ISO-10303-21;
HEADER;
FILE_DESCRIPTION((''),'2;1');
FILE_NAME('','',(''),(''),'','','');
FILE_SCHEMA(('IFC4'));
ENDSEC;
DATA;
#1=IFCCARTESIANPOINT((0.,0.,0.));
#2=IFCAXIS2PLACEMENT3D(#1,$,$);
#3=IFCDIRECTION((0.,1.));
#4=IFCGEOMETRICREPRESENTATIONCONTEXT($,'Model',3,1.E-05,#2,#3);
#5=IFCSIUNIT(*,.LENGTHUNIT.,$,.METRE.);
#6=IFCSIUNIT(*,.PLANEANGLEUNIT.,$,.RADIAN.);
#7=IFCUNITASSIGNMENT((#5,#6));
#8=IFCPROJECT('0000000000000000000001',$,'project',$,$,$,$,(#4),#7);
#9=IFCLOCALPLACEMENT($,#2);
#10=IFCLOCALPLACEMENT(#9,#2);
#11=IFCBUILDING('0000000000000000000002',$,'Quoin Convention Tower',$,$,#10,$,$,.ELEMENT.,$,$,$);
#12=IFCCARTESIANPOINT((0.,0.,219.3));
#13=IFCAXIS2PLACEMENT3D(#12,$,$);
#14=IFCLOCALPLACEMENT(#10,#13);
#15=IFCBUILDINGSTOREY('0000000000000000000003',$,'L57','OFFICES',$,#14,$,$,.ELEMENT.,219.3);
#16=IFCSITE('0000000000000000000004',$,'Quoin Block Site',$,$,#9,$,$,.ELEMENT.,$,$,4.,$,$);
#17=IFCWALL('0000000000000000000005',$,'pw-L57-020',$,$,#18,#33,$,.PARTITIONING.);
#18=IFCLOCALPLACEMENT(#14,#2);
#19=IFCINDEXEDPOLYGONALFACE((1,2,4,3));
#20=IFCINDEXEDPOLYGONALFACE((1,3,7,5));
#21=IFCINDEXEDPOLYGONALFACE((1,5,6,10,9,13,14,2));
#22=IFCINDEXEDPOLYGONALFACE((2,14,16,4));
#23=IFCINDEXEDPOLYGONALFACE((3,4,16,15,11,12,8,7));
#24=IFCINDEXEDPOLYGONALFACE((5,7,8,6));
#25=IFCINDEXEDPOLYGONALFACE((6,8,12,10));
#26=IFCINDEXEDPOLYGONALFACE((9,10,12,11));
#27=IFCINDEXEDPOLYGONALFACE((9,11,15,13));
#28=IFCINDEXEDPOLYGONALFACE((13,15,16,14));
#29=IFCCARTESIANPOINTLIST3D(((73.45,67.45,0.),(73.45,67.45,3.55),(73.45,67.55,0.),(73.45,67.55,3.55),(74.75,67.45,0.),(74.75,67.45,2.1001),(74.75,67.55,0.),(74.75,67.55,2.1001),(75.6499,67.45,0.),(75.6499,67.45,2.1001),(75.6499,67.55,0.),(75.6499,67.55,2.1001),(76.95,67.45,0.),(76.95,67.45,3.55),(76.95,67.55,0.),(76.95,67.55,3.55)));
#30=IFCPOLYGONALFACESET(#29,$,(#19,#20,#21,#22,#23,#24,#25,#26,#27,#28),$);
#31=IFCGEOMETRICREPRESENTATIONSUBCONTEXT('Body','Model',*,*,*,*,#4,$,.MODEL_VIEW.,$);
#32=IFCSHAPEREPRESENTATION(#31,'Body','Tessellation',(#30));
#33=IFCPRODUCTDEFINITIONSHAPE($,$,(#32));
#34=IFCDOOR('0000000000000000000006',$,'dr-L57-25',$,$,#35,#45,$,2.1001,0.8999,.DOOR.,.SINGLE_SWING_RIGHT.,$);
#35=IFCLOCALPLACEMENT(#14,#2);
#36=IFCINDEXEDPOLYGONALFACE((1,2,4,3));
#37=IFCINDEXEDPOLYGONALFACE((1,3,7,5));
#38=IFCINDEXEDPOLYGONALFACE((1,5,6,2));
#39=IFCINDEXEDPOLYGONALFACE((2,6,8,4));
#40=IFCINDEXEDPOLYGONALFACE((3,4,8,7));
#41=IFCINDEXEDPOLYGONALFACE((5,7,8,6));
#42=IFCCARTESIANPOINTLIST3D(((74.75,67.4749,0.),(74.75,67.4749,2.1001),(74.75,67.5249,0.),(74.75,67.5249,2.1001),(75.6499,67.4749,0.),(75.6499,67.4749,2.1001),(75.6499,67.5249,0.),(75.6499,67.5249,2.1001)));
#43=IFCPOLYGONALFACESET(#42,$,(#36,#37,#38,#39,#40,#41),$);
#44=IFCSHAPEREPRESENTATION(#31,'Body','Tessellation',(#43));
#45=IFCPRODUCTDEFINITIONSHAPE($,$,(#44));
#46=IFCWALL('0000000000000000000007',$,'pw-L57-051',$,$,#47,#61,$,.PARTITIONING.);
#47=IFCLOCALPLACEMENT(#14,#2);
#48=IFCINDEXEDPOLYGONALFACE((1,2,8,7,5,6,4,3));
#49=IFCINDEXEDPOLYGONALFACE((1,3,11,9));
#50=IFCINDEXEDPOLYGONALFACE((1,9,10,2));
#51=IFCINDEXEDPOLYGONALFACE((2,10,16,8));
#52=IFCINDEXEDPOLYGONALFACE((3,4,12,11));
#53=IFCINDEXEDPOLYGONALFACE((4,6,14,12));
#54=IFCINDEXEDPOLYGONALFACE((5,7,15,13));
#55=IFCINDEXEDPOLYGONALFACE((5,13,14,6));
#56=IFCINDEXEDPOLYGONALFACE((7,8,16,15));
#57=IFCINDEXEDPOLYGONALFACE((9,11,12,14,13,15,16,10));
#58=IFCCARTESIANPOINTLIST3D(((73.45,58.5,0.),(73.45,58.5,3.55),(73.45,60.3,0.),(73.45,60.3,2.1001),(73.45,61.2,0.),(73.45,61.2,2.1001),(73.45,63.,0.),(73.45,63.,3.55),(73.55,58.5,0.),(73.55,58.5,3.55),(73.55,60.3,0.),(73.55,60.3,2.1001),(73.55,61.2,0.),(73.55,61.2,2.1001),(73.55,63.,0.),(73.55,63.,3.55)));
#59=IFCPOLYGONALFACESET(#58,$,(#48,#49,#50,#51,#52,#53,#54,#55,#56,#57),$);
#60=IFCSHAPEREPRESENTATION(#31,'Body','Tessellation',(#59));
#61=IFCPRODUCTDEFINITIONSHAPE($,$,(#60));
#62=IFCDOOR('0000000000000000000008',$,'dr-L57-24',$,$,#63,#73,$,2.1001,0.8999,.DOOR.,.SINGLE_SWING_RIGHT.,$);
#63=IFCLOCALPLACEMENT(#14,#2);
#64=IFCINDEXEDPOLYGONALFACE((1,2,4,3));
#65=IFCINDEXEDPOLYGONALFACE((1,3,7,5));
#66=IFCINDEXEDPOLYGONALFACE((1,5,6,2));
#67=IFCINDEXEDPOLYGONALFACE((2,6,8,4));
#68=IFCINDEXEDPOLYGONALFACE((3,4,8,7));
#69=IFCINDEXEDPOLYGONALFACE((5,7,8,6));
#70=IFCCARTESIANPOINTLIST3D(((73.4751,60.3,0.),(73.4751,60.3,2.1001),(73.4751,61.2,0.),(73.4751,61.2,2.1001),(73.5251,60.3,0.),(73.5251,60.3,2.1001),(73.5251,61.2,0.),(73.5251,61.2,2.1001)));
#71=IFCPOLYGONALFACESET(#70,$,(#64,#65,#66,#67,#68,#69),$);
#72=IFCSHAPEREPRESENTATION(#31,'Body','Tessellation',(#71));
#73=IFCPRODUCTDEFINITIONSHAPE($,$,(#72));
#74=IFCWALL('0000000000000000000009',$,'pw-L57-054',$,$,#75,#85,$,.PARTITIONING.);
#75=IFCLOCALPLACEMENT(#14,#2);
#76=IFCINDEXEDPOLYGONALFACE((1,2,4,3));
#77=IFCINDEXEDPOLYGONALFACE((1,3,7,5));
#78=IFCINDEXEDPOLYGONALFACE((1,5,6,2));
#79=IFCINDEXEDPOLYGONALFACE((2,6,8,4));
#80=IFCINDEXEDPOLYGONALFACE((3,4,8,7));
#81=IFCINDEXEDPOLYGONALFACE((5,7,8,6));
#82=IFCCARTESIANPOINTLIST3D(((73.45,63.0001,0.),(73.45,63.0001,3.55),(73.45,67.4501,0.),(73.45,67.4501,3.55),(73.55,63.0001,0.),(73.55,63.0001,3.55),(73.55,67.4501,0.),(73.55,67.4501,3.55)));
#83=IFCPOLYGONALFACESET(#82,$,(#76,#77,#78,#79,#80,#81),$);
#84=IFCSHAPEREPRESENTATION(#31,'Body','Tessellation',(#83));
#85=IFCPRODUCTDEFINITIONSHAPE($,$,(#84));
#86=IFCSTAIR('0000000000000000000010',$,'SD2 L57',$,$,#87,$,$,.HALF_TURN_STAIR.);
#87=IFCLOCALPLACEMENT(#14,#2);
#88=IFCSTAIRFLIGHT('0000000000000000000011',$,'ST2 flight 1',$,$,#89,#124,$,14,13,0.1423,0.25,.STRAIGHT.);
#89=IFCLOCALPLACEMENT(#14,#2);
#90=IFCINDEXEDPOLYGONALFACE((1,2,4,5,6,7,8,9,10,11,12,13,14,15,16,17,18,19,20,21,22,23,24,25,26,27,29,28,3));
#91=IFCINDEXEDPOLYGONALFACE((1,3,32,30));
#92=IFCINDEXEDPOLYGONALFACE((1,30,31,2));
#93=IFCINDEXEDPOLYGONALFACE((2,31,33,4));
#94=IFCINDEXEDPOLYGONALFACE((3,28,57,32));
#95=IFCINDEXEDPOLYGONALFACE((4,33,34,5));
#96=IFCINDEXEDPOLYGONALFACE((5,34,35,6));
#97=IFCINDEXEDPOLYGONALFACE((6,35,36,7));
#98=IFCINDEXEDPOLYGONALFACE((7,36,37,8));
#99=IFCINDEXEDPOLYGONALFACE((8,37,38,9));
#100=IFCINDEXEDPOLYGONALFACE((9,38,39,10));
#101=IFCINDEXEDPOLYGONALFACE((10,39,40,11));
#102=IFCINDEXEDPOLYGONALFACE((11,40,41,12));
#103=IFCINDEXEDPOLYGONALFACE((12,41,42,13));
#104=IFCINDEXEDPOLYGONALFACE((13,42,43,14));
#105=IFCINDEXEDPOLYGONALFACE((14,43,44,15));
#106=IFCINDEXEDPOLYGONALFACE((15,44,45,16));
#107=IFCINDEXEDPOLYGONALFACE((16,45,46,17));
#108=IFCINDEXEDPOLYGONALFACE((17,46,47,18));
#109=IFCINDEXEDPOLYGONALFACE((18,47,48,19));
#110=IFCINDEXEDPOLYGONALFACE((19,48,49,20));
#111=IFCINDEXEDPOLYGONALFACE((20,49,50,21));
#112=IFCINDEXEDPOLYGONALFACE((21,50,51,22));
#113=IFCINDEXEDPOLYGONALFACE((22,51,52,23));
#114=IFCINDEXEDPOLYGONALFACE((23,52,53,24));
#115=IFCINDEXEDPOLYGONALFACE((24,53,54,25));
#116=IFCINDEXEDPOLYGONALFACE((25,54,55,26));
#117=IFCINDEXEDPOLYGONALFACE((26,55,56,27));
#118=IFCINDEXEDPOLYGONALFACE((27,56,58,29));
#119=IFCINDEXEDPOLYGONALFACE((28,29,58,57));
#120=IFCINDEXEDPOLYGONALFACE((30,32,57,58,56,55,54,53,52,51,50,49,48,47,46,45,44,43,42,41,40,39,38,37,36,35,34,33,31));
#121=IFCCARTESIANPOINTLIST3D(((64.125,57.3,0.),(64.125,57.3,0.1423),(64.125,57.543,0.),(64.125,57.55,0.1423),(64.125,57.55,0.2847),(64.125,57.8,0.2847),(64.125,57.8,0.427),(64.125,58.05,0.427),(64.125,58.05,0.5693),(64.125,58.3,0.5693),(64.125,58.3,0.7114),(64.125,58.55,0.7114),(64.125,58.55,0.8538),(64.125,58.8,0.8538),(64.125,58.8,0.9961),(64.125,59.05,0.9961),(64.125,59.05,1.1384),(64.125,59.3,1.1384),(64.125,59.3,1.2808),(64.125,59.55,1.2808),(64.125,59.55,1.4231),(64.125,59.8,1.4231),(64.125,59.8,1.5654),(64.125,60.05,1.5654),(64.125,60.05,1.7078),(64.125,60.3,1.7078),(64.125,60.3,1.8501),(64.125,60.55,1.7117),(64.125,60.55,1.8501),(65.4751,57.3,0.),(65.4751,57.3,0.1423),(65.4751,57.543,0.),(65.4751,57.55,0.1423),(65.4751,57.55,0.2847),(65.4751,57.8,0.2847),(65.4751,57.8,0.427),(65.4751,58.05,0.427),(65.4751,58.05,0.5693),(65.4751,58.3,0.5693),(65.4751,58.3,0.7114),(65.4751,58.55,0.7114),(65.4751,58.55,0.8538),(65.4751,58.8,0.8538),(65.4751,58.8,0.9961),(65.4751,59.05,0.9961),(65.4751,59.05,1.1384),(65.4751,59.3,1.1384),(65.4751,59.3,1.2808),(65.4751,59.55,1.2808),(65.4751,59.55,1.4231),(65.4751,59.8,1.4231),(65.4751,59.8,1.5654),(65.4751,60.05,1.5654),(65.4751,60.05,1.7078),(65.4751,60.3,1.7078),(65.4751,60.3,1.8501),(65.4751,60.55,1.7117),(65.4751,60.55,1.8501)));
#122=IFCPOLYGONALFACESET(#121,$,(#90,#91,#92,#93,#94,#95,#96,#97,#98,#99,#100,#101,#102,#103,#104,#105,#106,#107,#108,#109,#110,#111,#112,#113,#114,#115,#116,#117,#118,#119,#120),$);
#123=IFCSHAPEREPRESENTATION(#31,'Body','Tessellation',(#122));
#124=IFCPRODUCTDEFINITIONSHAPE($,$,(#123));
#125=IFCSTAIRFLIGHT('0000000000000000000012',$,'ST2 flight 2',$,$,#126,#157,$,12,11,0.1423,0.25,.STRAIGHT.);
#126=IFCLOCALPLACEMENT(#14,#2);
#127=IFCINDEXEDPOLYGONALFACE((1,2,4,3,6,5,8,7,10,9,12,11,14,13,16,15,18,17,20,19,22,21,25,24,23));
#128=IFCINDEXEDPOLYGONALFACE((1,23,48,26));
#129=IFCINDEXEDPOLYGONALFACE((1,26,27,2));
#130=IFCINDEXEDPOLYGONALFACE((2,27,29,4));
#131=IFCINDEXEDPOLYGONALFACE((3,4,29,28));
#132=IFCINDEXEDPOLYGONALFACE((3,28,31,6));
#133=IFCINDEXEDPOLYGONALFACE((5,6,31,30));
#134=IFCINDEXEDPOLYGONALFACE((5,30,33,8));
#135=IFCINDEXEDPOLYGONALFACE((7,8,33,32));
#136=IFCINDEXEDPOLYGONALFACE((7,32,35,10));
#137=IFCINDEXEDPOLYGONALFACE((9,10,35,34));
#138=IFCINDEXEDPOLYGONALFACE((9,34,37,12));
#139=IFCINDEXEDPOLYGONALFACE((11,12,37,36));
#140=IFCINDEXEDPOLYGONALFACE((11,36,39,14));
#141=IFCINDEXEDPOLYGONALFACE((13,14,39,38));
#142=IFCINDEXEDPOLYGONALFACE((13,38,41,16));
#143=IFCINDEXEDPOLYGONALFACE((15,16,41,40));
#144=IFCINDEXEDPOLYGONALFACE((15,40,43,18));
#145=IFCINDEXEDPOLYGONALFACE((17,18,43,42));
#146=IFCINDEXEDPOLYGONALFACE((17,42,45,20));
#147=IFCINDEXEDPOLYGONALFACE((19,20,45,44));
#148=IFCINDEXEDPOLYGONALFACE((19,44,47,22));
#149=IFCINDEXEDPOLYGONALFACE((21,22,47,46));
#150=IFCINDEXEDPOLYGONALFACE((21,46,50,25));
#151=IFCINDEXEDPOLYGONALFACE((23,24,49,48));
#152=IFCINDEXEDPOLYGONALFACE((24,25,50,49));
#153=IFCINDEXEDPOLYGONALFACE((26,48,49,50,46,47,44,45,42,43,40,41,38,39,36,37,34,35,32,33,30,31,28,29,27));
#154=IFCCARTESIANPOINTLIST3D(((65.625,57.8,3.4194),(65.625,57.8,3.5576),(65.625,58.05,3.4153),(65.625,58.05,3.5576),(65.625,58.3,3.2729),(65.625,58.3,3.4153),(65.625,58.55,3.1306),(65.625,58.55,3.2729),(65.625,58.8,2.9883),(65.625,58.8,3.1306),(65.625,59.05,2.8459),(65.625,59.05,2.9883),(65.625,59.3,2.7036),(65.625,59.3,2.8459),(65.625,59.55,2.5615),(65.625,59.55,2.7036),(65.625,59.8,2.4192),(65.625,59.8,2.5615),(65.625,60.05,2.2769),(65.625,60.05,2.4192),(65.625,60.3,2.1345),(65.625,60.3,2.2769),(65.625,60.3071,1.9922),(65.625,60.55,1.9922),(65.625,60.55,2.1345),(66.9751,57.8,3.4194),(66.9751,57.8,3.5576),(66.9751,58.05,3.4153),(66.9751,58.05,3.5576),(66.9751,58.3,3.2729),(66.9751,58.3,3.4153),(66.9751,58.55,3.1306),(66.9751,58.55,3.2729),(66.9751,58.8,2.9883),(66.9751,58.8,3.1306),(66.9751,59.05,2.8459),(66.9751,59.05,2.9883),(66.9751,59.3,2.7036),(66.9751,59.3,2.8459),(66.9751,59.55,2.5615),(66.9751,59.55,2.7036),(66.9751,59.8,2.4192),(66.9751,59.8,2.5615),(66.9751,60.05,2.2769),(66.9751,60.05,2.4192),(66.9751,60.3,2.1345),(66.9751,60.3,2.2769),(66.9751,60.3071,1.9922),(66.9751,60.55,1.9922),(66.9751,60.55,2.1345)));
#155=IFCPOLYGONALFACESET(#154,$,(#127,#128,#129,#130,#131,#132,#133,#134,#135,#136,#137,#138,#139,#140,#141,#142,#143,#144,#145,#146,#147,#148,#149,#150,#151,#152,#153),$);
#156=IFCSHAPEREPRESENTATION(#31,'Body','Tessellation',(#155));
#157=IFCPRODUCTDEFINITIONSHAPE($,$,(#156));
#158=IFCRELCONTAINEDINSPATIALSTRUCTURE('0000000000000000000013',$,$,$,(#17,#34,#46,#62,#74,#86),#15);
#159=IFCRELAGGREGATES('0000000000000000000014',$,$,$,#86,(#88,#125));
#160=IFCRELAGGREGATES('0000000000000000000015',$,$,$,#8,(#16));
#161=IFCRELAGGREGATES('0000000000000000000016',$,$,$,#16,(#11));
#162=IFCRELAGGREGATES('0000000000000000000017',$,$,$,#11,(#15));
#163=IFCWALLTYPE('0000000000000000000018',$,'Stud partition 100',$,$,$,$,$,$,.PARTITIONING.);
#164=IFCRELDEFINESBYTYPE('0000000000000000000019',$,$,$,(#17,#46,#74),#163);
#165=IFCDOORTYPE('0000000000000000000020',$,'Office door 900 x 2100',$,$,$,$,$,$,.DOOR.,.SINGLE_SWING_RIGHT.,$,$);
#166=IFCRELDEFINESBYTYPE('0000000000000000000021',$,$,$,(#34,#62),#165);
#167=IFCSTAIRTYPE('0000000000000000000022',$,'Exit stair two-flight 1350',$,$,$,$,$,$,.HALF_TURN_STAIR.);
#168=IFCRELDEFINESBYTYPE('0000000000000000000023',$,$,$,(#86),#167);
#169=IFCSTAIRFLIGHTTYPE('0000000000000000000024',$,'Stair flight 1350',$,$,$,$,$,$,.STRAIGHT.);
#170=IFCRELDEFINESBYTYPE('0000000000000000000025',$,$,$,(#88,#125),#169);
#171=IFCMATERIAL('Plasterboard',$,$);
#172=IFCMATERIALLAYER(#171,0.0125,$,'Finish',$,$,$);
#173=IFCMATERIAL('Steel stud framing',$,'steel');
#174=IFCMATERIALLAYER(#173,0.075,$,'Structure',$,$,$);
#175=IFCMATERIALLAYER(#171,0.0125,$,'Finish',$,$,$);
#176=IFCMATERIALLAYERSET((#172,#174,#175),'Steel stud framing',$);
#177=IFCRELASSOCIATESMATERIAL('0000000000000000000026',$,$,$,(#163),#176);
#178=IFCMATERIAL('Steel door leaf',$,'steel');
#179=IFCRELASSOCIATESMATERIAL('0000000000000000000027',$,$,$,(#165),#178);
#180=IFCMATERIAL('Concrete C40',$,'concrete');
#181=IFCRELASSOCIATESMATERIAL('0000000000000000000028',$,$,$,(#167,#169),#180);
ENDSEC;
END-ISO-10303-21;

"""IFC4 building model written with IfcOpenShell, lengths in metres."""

from ifc_helpers import new_model, si_unit, direction, frame, frame_2d, origin, place, context, subcontext, project, spatial, polyline, rectangle, outline, extrude, material, layer, layer_set, type_object, element, fill, aggregate, save


model = new_model("IFC4")

# Units and contexts
model_context = context("Model", 3, precision=1e-05, world=origin(), true_north=direction((0.0, 1.0)))
body_context = subcontext(model_context, "Body", "Model", "MODEL_VIEW")
ifc_project = project(units=[si_unit("LENGTHUNIT", "METRE"), si_unit("PLANEANGLEUNIT", "RADIAN")], contexts=[model_context])

# Site, building, storey
site_placement = place(None, origin())
site = spatial("IfcSite", under=ifc_project, at=site_placement, Name="Quoin Block Site", CompositionType="ELEMENT", RefElevation=4.0)
building_placement = place(site_placement, origin())
building = spatial("IfcBuilding", under=site, at=building_placement, Name="Quoin Convention Tower", CompositionType="ELEMENT")
storey_placement = place(building_placement, frame((0.0, 0.0, 219.3)))
storey = spatial("IfcBuildingStorey", under=building, at=storey_placement, Name="L57", Description="OFFICES", CompositionType="ELEMENT", Elevation=219.3)

# Shared definitions
ifc_material_1 = material(Name="Plasterboard")
ifc_layer_1 = layer(ifc_material_1, 0.0125, Name="Finish")
ifc_material_2 = material(Name="Steel stud framing", Category="steel")
ifc_layer_2 = layer(ifc_material_2, 0.075, Name="Structure")
ifc_layer_3 = layer(ifc_material_1, 0.0125, Name="Finish")
ifc_layer_set_1 = layer_set([ifc_layer_1, ifc_layer_2, ifc_layer_3], Name="Steel stud framing")
wall_type_1 = type_object("IfcWallType", Name="Stud partition 100", PredefinedType="PARTITIONING", material=ifc_layer_set_1)

# Walls, openings, doors
wall_1_placement = place(storey_placement, frame((73.45, 67.5, 0.0), z_axis=(0.0, 0.0, 1.0), x_axis=(1.0, 0.0, 0.0)))
wall_1 = element("IfcWall", 1, at=wall_1_placement, inside=storey, type_object=wall_type_1, Name="pw-L57-020", PredefinedType="PARTITIONING", context=body_context, shape_type="SweptSolid", body=[
    extrude(rectangle(XDim=3.5, YDim=0.1001, at=frame_2d((1.75, 0.0))), origin(), (0.0, 0.0, 1.0), 3.55),
])
opening_1_placement = place(wall_1_placement, frame((1.3, 0.0, 0.0)))
opening_1 = element("IfcOpeningElement", 2, at=opening_1_placement, cuts=wall_1, PredefinedType="OPENING", context=body_context, shape_type="SweptSolid", body=[
    extrude(rectangle(XDim=0.8999, YDim=2.1001, at=frame_2d((0.45, 1.05))), frame((0.0, 0.0601, 0.0), z_axis=(0.0, -1.0, 0.0), x_axis=(1.0, 0.0, 0.0)), (0.0, 0.0, 1.0), 0.1201),
])
ifc_material_3 = material(Name="Steel door leaf", Category="steel")
door_type = type_object("IfcDoorType", Name="Office door 900 x 2100", OperationType="SINGLE_SWING_RIGHT", PredefinedType="DOOR", material=ifc_material_3)
door_1_placement = place(opening_1_placement, origin())
door_1 = element("IfcDoor", 3, at=door_1_placement, inside=storey, type_object=door_type, Name="dr-L57-25", OperationType="SINGLE_SWING_RIGHT", OverallHeight=2.1001, OverallWidth=0.8999, PredefinedType="DOOR", context=body_context, shape_type="SweptSolid", body=[
    extrude(rectangle(XDim=0.8999, YDim=2.1001, at=frame_2d((0.45, 1.05))), frame((0.0, 0.0249, 0.0), z_axis=(0.0, -1.0, 0.0), x_axis=(1.0, 0.0, 0.0)), (0.0, 0.0, 1.0), 0.05),
])
fill(opening_1, door_1)
wall_2_placement = place(storey_placement, frame((73.5, 58.5, 0.0), z_axis=(0.0, 0.0, 1.0), x_axis=(0.0, 1.0, 0.0)))
wall_2 = element("IfcWall", 4, at=wall_2_placement, inside=storey, type_object=wall_type_1, Name="pw-L57-051", PredefinedType="PARTITIONING", context=body_context, shape_type="SweptSolid", body=[
    extrude(rectangle(XDim=4.5, YDim=0.1001, at=frame_2d((2.25, 0.0))), origin(), (0.0, 0.0, 1.0), 3.55),
])
opening_2_placement = place(wall_2_placement, frame((1.8, 0.0, 0.0)))
opening_2 = element("IfcOpeningElement", 5, at=opening_2_placement, cuts=wall_2, PredefinedType="OPENING", context=body_context, shape_type="SweptSolid", body=[
    extrude(rectangle(XDim=0.8999, YDim=2.1001, at=frame_2d((0.45, 1.05))), frame((0.0, 0.0601, 0.0), z_axis=(0.0, -1.0, 0.0), x_axis=(1.0, 0.0, 0.0)), (0.0, 0.0, 1.0), 0.1201),
])
door_2_placement = place(opening_2_placement, origin())
door_2 = element("IfcDoor", 6, at=door_2_placement, inside=storey, type_object=door_type, Name="dr-L57-24", OperationType="SINGLE_SWING_RIGHT", OverallHeight=2.1001, OverallWidth=0.8999, PredefinedType="DOOR", context=body_context, shape_type="SweptSolid", body=[
    extrude(rectangle(XDim=0.8999, YDim=2.1001, at=frame_2d((0.45, 1.05))), frame((0.0, 0.0249, 0.0), z_axis=(0.0, -1.0, 0.0), x_axis=(1.0, 0.0, 0.0)), (0.0, 0.0, 1.0), 0.05),
])
fill(opening_2, door_2)

# Wall
wall_3_placement = place(storey_placement, frame((73.5, 63.0, 0.0), z_axis=(0.0, 0.0, 1.0), x_axis=(0.0, 1.0, 0.0)))
element("IfcWall", 7, at=wall_3_placement, inside=storey, type_object=wall_type_1, Name="pw-L57-054", PredefinedType="PARTITIONING", context=body_context, shape_type="SweptSolid", body=[
    extrude(rectangle(XDim=4.45, YDim=0.1001, at=frame_2d((2.2251, 0.0))), origin(), (0.0, 0.0, 1.0), 3.55),
])

# Stair, stair flights
ifc_material_4 = material(Name="Concrete C40", Category="concrete")
stair_type = type_object("IfcStairType", Name="Exit stair two-flight 1350", PredefinedType="HALF_TURN_STAIR", material=ifc_material_4)
stair_placement = place(storey_placement, origin())
stair = element("IfcStair", 8, at=stair_placement, inside=storey, type_object=stair_type, Name="SD2 L57", PredefinedType="HALF_TURN_STAIR")
stair_flight_type = type_object("IfcStairFlightType", Name="Stair flight 1350", PredefinedType="STRAIGHT", material=ifc_material_4)
stair_flight_1_placement = place(storey_placement, frame((64.8, 57.3, 0.0), z_axis=(0.0, 0.0, 1.0), x_axis=(0.0, 1.0, 0.0)))
stair_flight_1 = element("IfcStairFlight", 9, at=stair_flight_1_placement, type_object=stair_flight_type, Name="ST2 flight 1", NumberOfRisers=14, NumberOfTreads=13, PredefinedType="STRAIGHT", RiserHeight=0.1423, TreadLength=0.25, context=body_context, shape_type="SweptSolid", body=[
    extrude(outline(polyline([(0.0, 0.0), (0.0, 0.1423), (0.25, 0.1423), (0.25, 0.2847), (0.5, 0.2847), (0.5, 0.427), (0.75, 0.427), (0.75, 0.5693), (1.0, 0.5693), (1.0, 0.7114), (1.25, 0.7114), (1.25, 0.8538), (1.5, 0.8538), (1.5, 0.9961), (1.75, 0.9961), (1.75, 1.1384), (2.0, 1.1384), (2.0, 1.2808), (2.25, 1.2808), (2.25, 1.4231), (2.5, 1.4231), (2.5, 1.5654), (2.75, 1.5654), (2.75, 1.7078), (3.0, 1.7078), (3.0, 1.8501), (3.25, 1.8501), (3.25, 1.9922), (3.25, 1.7117), (0.2429, 0.0), (0.0, 0.0)])), frame((0.0, 0.675, 0.0), z_axis=(0.0, -1.0, 0.0), x_axis=(1.0, 0.0, 0.0)), (0.0, 0.0, 1.0), 1.3501),
])
stair_flight_2_placement = place(storey_placement, frame((66.3, 60.55, 1.9922), z_axis=(0.0, 0.0, 1.0), x_axis=(0.0, -1.0, 0.0)))
stair_flight_2 = element("IfcStairFlight", 10, at=stair_flight_2_placement, type_object=stair_flight_type, Name="ST2 flight 2", NumberOfRisers=12, NumberOfTreads=11, PredefinedType="STRAIGHT", RiserHeight=0.1423, TreadLength=0.25, context=body_context, shape_type="SweptSolid", body=[
    extrude(outline(polyline([(0.0, 0.0), (0.0, 0.1423), (0.25, 0.1423), (0.25, 0.2847), (0.5, 0.2847), (0.5, 0.427), (0.75, 0.427), (0.75, 0.5693), (1.0, 0.5693), (1.0, 0.7114), (1.25, 0.7114), (1.25, 0.8538), (1.5, 0.8538), (1.5, 0.9961), (1.75, 0.9961), (1.75, 1.1384), (2.0, 1.1384), (2.0, 1.2808), (2.25, 1.2808), (2.25, 1.4231), (2.5, 1.4231), (2.5, 1.5654), (2.75, 1.5654), (2.75, 1.7078), (2.75, 1.4272), (0.2429, 0.0), (0.0, 0.0)])), frame((0.0, 0.675, 0.0), z_axis=(0.0, -1.0, 0.0), x_axis=(1.0, 0.0, 0.0)), (0.0, 0.0, 1.0), 1.3501),
])
aggregate(stair, [stair_flight_1, stair_flight_2])

save(model, "model.ifc")
